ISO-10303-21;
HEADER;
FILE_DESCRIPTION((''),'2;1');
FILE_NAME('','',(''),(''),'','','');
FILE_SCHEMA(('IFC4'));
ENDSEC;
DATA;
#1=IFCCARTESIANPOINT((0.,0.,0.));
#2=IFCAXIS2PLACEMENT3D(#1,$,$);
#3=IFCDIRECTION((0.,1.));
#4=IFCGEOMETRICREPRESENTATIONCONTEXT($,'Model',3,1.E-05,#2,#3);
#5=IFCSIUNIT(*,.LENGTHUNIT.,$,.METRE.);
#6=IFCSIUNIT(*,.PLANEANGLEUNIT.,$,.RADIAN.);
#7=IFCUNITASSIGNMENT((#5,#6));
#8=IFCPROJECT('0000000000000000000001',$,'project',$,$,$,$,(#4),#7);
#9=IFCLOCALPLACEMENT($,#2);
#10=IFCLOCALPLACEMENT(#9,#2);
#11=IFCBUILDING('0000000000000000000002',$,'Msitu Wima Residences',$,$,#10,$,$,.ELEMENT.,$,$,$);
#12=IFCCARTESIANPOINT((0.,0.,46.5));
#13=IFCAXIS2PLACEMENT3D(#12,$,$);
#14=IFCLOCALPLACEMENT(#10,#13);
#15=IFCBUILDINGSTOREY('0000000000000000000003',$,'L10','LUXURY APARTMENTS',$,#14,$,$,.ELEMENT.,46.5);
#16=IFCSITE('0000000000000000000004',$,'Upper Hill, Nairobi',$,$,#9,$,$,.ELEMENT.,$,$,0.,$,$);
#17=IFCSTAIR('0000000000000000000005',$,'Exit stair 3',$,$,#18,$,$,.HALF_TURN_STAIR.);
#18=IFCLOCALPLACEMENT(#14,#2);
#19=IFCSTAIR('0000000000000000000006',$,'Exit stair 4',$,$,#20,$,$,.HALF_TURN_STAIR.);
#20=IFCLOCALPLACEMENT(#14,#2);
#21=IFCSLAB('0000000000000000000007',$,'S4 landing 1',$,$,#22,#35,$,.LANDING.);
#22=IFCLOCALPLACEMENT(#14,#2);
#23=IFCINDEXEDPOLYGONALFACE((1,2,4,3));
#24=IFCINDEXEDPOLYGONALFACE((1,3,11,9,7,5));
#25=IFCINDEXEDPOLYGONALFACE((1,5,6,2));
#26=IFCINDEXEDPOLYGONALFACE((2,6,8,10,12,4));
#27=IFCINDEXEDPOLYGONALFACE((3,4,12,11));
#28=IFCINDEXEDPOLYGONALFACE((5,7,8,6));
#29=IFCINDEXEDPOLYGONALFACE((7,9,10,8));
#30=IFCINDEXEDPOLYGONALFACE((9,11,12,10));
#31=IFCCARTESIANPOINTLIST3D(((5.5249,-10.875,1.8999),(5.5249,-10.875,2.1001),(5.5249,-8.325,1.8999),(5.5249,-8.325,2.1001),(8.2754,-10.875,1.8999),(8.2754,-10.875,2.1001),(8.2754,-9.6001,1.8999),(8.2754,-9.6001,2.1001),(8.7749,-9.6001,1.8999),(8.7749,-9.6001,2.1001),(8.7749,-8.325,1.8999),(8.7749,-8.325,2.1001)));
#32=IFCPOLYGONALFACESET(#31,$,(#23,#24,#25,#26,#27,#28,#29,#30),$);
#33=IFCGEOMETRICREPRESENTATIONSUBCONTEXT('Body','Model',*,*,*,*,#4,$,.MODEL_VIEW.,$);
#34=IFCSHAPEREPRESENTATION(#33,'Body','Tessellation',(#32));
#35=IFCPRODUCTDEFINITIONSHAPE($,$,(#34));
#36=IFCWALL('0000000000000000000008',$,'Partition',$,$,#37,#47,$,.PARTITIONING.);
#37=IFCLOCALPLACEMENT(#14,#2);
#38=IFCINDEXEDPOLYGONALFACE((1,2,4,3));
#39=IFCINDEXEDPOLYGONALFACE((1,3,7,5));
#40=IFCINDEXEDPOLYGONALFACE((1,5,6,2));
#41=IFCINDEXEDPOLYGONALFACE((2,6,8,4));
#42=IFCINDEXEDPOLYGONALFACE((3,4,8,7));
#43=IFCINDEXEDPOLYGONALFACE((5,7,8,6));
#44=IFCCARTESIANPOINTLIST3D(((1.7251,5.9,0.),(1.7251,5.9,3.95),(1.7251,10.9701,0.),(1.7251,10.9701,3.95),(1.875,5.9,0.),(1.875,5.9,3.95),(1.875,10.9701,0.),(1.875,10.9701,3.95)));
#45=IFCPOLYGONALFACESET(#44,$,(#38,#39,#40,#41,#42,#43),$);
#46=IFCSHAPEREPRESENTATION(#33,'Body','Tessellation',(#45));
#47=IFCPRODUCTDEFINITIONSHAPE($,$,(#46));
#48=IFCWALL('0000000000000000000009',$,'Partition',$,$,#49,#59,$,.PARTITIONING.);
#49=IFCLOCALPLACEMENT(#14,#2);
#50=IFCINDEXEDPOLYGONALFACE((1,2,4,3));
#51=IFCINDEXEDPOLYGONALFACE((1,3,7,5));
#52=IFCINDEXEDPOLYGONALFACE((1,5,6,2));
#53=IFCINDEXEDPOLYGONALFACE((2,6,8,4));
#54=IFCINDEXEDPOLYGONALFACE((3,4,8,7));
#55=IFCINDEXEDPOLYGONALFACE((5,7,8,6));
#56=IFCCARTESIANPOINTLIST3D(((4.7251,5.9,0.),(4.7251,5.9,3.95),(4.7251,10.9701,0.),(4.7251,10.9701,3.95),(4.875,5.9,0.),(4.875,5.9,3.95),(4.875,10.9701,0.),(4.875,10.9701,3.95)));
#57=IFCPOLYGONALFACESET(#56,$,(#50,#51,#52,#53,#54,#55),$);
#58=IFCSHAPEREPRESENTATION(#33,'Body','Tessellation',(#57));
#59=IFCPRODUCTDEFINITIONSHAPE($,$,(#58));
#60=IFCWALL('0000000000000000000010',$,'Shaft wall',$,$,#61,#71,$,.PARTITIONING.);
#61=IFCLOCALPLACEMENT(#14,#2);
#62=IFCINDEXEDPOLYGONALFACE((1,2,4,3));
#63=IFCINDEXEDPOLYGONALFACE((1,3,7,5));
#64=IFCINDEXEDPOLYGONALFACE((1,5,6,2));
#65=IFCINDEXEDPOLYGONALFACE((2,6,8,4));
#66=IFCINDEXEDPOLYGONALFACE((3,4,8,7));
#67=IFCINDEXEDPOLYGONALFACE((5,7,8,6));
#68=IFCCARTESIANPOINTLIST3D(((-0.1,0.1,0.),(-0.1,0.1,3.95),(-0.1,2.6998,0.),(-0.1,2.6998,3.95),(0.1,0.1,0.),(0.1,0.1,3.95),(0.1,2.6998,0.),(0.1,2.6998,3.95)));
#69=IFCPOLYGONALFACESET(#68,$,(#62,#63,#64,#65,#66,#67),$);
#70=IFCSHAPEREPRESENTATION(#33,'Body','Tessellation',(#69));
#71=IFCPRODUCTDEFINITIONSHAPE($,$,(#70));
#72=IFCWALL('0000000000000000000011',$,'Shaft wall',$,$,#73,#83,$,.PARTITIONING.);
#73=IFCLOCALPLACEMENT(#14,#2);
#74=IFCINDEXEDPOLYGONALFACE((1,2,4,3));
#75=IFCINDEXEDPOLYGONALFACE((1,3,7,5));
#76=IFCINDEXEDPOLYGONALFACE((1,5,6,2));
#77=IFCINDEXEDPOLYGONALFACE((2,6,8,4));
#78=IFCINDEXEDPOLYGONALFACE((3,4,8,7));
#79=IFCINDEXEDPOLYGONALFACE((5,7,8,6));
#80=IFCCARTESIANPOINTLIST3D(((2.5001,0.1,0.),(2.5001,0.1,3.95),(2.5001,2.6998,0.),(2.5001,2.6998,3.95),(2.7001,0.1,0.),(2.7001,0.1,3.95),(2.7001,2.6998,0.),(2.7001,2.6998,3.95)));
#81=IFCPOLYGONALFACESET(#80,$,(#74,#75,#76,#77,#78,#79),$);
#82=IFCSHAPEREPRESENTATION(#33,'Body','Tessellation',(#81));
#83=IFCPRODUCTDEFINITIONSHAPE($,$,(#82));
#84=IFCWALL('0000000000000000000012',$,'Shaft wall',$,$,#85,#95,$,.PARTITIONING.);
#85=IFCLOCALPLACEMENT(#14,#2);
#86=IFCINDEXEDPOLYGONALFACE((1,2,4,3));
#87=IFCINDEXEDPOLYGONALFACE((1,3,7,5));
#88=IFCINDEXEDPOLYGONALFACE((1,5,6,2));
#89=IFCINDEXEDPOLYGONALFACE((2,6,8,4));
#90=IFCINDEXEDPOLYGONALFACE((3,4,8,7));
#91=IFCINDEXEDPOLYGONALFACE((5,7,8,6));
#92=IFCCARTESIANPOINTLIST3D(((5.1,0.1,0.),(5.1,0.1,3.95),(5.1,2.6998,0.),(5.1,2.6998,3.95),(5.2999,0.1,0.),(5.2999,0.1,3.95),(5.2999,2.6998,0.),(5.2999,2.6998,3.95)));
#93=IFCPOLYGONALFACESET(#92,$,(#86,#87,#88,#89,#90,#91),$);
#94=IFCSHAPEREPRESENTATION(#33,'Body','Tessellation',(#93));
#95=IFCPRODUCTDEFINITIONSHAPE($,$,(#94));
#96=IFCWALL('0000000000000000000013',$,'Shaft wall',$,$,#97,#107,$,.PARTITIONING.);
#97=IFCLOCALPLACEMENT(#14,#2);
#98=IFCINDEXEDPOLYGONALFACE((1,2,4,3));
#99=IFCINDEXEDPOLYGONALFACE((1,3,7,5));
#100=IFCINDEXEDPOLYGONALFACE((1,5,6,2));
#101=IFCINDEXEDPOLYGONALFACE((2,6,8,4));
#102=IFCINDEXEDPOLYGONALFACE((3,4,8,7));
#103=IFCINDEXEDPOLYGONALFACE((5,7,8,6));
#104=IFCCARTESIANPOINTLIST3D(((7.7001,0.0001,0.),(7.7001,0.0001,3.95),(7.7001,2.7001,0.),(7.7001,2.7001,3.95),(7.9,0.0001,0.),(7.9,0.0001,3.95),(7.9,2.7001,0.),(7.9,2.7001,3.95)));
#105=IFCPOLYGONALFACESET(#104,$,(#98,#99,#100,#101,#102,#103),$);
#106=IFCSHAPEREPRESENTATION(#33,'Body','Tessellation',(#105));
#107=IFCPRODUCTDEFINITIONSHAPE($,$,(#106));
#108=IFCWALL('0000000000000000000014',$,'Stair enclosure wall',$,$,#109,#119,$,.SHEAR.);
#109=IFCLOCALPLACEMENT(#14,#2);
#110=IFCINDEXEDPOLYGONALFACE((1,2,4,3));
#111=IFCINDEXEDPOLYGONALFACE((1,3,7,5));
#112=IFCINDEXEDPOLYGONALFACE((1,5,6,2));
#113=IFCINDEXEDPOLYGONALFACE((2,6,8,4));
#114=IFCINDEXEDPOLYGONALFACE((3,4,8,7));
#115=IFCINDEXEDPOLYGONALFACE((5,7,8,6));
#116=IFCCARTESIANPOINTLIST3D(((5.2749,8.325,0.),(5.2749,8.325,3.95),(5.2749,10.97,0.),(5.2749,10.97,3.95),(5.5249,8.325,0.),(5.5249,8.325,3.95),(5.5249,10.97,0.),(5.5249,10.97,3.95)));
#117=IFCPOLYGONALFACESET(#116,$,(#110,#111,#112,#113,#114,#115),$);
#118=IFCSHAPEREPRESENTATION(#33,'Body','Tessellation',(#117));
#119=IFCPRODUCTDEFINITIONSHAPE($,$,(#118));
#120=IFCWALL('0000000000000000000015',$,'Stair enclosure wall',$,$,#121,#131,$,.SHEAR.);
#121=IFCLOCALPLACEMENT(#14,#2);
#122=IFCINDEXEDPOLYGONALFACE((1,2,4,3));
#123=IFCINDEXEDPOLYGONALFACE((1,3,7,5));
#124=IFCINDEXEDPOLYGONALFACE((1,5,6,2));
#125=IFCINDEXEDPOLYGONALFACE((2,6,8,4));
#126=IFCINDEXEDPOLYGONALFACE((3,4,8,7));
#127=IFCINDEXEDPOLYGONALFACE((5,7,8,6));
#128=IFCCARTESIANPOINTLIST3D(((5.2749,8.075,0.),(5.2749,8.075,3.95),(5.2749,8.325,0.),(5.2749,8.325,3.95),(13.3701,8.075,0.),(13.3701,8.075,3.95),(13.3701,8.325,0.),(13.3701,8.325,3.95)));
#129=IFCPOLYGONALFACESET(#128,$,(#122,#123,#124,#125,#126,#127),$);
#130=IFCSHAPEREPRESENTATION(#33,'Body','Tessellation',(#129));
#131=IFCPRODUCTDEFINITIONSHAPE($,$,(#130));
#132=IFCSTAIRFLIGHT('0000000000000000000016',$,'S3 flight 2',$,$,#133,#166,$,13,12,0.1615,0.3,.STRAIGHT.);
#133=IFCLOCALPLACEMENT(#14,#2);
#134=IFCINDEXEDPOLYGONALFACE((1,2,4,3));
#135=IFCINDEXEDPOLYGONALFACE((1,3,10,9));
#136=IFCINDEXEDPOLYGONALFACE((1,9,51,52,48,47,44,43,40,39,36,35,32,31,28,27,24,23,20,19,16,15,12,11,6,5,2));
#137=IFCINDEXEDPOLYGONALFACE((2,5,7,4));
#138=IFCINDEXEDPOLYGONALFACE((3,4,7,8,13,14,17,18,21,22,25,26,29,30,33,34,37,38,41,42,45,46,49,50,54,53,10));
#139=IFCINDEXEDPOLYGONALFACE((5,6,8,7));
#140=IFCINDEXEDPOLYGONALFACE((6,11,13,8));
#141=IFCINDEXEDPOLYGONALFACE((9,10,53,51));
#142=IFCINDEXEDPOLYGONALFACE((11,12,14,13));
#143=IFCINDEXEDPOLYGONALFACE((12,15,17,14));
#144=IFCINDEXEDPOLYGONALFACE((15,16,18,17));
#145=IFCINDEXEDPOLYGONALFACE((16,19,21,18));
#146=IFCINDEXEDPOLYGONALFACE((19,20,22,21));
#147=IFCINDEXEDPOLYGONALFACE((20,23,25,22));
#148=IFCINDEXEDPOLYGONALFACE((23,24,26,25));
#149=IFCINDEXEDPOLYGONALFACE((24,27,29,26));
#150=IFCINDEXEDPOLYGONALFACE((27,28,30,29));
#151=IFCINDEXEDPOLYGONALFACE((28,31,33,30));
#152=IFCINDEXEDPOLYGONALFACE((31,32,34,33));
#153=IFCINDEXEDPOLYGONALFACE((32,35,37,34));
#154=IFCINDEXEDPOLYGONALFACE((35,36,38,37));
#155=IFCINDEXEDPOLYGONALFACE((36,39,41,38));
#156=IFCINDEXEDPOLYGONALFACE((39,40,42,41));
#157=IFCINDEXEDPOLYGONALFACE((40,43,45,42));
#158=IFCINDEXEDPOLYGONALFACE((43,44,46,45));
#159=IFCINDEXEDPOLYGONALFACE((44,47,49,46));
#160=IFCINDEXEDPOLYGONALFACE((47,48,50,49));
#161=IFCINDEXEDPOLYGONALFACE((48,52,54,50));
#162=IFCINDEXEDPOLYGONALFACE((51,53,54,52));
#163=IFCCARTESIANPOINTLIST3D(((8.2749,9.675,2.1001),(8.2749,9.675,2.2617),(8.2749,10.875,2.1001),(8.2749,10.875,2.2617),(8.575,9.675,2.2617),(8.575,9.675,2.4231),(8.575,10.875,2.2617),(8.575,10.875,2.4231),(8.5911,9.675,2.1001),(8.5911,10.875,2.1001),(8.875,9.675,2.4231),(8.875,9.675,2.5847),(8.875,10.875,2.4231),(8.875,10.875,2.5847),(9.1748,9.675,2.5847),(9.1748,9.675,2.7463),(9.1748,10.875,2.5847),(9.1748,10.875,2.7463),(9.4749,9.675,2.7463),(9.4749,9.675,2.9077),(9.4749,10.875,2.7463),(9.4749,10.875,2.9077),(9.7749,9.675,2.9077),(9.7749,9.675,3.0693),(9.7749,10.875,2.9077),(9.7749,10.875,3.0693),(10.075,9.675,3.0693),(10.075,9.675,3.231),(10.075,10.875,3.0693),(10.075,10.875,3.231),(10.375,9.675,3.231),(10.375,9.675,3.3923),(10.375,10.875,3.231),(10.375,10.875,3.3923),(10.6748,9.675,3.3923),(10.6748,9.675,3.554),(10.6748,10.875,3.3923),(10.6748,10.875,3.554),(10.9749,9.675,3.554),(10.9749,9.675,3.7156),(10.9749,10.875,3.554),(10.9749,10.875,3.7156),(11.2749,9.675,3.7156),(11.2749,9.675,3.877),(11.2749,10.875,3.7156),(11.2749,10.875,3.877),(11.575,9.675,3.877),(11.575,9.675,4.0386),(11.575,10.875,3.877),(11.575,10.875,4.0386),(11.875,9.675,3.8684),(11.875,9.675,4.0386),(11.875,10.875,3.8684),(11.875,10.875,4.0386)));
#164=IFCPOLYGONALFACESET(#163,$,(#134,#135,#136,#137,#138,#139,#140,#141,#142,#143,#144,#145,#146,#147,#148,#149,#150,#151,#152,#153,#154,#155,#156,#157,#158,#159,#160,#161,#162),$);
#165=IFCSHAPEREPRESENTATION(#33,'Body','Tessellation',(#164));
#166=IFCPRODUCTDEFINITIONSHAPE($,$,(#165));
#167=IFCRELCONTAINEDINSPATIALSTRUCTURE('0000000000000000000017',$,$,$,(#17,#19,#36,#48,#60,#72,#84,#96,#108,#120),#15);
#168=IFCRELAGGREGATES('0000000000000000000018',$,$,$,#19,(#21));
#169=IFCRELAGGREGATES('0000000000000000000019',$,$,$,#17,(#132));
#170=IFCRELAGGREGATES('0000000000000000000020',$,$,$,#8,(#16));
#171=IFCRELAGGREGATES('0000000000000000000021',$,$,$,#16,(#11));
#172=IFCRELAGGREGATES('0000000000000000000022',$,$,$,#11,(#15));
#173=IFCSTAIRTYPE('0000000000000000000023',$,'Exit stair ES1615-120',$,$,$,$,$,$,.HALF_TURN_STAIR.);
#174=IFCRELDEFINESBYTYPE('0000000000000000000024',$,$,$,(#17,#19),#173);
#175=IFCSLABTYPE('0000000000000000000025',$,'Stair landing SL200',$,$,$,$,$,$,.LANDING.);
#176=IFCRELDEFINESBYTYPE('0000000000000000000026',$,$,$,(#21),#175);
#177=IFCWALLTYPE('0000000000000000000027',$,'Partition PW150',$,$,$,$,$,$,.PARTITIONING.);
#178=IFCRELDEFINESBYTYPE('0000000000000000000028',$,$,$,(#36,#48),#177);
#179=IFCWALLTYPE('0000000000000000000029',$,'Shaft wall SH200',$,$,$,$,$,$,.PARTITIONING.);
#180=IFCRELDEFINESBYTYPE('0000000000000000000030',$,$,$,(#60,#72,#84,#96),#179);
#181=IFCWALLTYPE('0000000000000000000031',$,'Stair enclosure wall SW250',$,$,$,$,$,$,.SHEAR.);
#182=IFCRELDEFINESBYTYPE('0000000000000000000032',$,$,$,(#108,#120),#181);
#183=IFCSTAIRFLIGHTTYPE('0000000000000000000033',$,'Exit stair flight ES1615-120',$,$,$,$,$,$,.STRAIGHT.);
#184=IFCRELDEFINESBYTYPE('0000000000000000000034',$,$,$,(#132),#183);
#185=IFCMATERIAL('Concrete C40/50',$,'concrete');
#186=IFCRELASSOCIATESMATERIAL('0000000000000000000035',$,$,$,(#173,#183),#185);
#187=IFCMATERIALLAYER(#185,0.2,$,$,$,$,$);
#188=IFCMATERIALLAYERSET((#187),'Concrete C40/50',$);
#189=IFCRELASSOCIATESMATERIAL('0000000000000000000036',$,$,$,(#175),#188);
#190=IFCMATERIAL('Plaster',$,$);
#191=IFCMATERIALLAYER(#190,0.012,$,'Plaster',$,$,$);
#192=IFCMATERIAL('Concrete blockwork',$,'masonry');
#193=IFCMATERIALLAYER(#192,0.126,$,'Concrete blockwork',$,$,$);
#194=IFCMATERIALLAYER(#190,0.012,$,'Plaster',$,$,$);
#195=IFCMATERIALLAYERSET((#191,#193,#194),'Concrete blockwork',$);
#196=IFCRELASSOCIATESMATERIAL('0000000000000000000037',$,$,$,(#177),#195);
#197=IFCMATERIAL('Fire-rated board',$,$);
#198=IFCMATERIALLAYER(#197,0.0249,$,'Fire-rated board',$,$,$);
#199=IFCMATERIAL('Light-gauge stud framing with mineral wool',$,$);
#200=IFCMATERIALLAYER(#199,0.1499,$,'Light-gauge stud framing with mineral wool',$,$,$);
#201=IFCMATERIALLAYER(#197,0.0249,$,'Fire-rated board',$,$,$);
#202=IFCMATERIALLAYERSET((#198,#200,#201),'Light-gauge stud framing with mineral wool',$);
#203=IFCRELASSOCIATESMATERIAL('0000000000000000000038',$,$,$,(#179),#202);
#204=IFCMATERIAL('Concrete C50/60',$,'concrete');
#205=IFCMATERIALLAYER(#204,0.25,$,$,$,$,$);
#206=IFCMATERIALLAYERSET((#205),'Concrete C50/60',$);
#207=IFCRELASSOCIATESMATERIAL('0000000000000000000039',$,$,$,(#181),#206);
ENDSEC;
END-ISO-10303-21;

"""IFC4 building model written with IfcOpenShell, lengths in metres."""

from ifc_helpers import new_model, si_unit, direction, frame, frame_2d, origin, place, context, subcontext, project, spatial, polyline, rectangle, outline, extrude, material, layer, layer_set, type_object, element, aggregate, save


model = new_model("IFC4")

# Units and contexts
model_context = context("Model", 3, precision=1e-05, world=origin(), true_north=direction((0.0, 1.0)))
body_context = subcontext(model_context, "Body", "Model", "MODEL_VIEW")
ifc_project = project(units=[si_unit("LENGTHUNIT", "METRE"), si_unit("PLANEANGLEUNIT", "RADIAN")], contexts=[model_context])

# Site, building, storey
site_placement = place(None, origin())
site = spatial("IfcSite", under=ifc_project, at=site_placement, Name="Upper Hill, Nairobi", CompositionType="ELEMENT", RefElevation=0.0)
building_placement = place(site_placement, origin())
building = spatial("IfcBuilding", under=site, at=building_placement, Name="Msitu Wima Residences", CompositionType="ELEMENT")
storey_placement = place(building_placement, frame((0.0, 0.0, 46.5)))
storey = spatial("IfcBuildingStorey", under=building, at=storey_placement, Name="L10", Description="LUXURY APARTMENTS", CompositionType="ELEMENT", Elevation=46.5)

# Shared definitions
ifc_material_1 = material(Name="Concrete C40/50", Category="concrete")

# Stairs, slab
stair_type = type_object("IfcStairType", Name="Exit stair ES1615-120", PredefinedType="HALF_TURN_STAIR", material=ifc_material_1)
ifc_layer_1 = layer(ifc_material_1, 0.2)
ifc_layer_set_1 = layer_set([ifc_layer_1], Name="Concrete C40/50")
slab_type_1 = type_object("IfcSlabType", Name="Stair landing SL200", PredefinedType="LANDING", material=ifc_layer_set_1)
stair_1_placement = place(storey_placement, origin())
stair_1 = element("IfcStair", 1, at=stair_1_placement, inside=storey, type_object=stair_type, Name="Exit stair 3", PredefinedType="HALF_TURN_STAIR")
stair_2_placement = place(storey_placement, origin())
stair_2 = element("IfcStair", 2, at=stair_2_placement, inside=storey, type_object=stair_type, Name="Exit stair 4", PredefinedType="HALF_TURN_STAIR")
slab_1_placement = place(storey_placement, frame((0.0, 0.0, 1.8999)))
slab_1 = element("IfcSlab", 3, at=slab_1_placement, type_object=slab_type_1, Name="S4 landing 1", PredefinedType="LANDING", context=body_context, shape_type="SweptSolid", body=[
    extrude(outline(polyline([(5.5249, -10.875), (8.2754, -10.875), (8.2754, -9.6001), (8.7749, -9.6001), (8.7749, -8.325), (5.5249, -8.325), (5.5249, -10.875)])), origin(), (0.0, 0.0, 1.0), 0.2002),
])
aggregate(stair_2, [slab_1])

# Walls
ifc_material_2 = material(Name="Plaster")
ifc_layer_2 = layer(ifc_material_2, 0.012, Name="Plaster")
ifc_material_3 = material(Name="Concrete blockwork", Category="masonry")
ifc_layer_3 = layer(ifc_material_3, 0.126, Name="Concrete blockwork")
ifc_layer_4 = layer(ifc_material_2, 0.012, Name="Plaster")
ifc_layer_set_2 = layer_set([ifc_layer_2, ifc_layer_3, ifc_layer_4], Name="Concrete blockwork")
wall_type_1 = type_object("IfcWallType", Name="Partition PW150", PredefinedType="PARTITIONING", material=ifc_layer_set_2)
for number, where, z_axis, x_axis, name in (
    (4, (1.8, 5.8999, 0.0), (0.0, 0.0, 1.0), (0.0, 1.0, 0.0), "Partition"),
    (5, (4.8, 5.8999, 0.0), (0.0, 0.0, 1.0), (0.0, 1.0, 0.0), "Partition"),
):
    element("IfcWall", number, at=place(storey_placement, frame(where, z_axis=z_axis, x_axis=x_axis)), inside=storey, type_object=wall_type_1, Name=name, PredefinedType="PARTITIONING", context=body_context, shape_type="SweptSolid", body=[
        extrude(rectangle(XDim=5.0701, YDim=0.1499, at=frame_2d((2.5352, 0.0))), origin(), (0.0, 0.0, 1.0), 3.95),
    ])
ifc_material_4 = material(Name="Fire-rated board")
ifc_layer_5 = layer(ifc_material_4, 0.0249, Name="Fire-rated board")
ifc_material_5 = material(Name="Light-gauge stud framing with mineral wool")
ifc_layer_6 = layer(ifc_material_5, 0.1499, Name="Light-gauge stud framing with mineral wool")
ifc_layer_7 = layer(ifc_material_4, 0.0249, Name="Fire-rated board")
ifc_layer_set_3 = layer_set([ifc_layer_5, ifc_layer_6, ifc_layer_7], Name="Light-gauge stud framing with mineral wool")
wall_type_2 = type_object("IfcWallType", Name="Shaft wall SH200", PredefinedType="PARTITIONING", material=ifc_layer_set_3)
for number, where, z_axis, x_axis, name in (
    (6, (0.0, 0.1001, 0.0), (0.0, 0.0, 1.0), (0.0, 1.0, 0.0), "Shaft wall"),
    (7, (2.6001, 0.1001, 0.0), (0.0, 0.0, 1.0), (0.0, 1.0, 0.0), "Shaft wall"),
    (8, (5.2, 0.1001, 0.0), (0.0, 0.0, 1.0), (0.0, 1.0, 0.0), "Shaft wall"),
):
    element("IfcWall", number, at=place(storey_placement, frame(where, z_axis=z_axis, x_axis=x_axis)), inside=storey, type_object=wall_type_2, Name=name, PredefinedType="PARTITIONING", context=body_context, shape_type="SweptSolid", body=[
        extrude(rectangle(XDim=2.5999, YDim=0.2, at=frame_2d((1.2998, 0.0))), origin(), (0.0, 0.0, 1.0), 3.95),
    ])
wall_1_placement = place(storey_placement, frame((7.8, 0.0, 0.0), z_axis=(0.0, 0.0, 1.0), x_axis=(0.0, 1.0, 0.0)))
element("IfcWall", 9, at=wall_1_placement, inside=storey, type_object=wall_type_2, Name="Shaft wall", PredefinedType="PARTITIONING", context=body_context, shape_type="SweptSolid", body=[
    extrude(rectangle(XDim=2.7, YDim=0.2, at=frame_2d((1.3501, 0.0))), origin(), (0.0, 0.0, 1.0), 3.95),
])
ifc_material_6 = material(Name="Concrete C50/60", Category="concrete")
ifc_layer_8 = layer(ifc_material_6, 0.25)
ifc_layer_set_4 = layer_set([ifc_layer_8], Name="Concrete C50/60")
wall_type_3 = type_object("IfcWallType", Name="Stair enclosure wall SW250", PredefinedType="SHEAR", material=ifc_layer_set_4)
wall_2_placement = place(storey_placement, frame((5.3999, 8.325, 0.0), z_axis=(0.0, 0.0, 1.0), x_axis=(0.0, 1.0, 0.0)))
element("IfcWall", 10, at=wall_2_placement, inside=storey, type_object=wall_type_3, Name="Stair enclosure wall", PredefinedType="SHEAR", context=body_context, shape_type="SweptSolid", body=[
    extrude(rectangle(XDim=2.645, YDim=0.25, at=frame_2d((1.3225, 0.0))), origin(), (0.0, 0.0, 1.0), 3.95),
])
wall_3_placement = place(storey_placement, frame((5.2749, 8.2, 0.0), z_axis=(0.0, 0.0, 1.0), x_axis=(1.0, 0.0, 0.0)))
element("IfcWall", 11, at=wall_3_placement, inside=storey, type_object=wall_type_3, Name="Stair enclosure wall", PredefinedType="SHEAR", context=body_context, shape_type="SweptSolid", body=[
    extrude(rectangle(XDim=8.0952, YDim=0.25, at=frame_2d((4.0476, 0.0))), origin(), (0.0, 0.0, 1.0), 3.95),
])

# Stair flight
stair_flight_type = type_object("IfcStairFlightType", Name="Exit stair flight ES1615-120", PredefinedType="STRAIGHT", material=ifc_material_1)
stair_flight_placement = place(storey_placement, frame((8.2749, 10.2749, 2.1001), z_axis=(0.0, 0.0, 1.0), x_axis=(1.0, 0.0, 0.0)))
stair_flight = element("IfcStairFlight", 12, at=stair_flight_placement, type_object=stair_flight_type, Name="S3 flight 2", NumberOfRisers=13, NumberOfTreads=12, PredefinedType="STRAIGHT", RiserHeight=0.1615, TreadLength=0.3, context=body_context, shape_type="SweptSolid", body=[
    extrude(outline(polyline([(0.0, 0.0), (0.0, 0.1616), (0.3, 0.1616), (0.3, 0.323), (0.6001, 0.323), (0.6001, 0.4846), (0.8999, 0.4846), (0.8999, 0.6462), (1.2, 0.6462), (1.2, 0.8076), (1.5, 0.8076), (1.5, 0.9692), (1.8, 0.9692), (1.8, 1.1309), (2.1001, 1.1309), (2.1001, 1.2922), (2.3999, 1.2922), (2.3999, 1.4539), (2.7, 1.4539), (2.7, 1.6155), (3.0, 1.6155), (3.0, 1.7769), (3.3, 1.7769), (3.3, 1.9385), (3.6001, 1.9385), (3.6001, 2.1001), (3.6001, 1.7683), (0.3162, 0.0), (0.0, 0.0)])), frame((0.0, 0.6001, 0.0), z_axis=(0.0, -1.0, 0.0), x_axis=(1.0, 0.0, 0.0)), (0.0, 0.0, 1.0), 1.2),
])
aggregate(stair_1, [stair_flight])

save(model, "model.ifc")
